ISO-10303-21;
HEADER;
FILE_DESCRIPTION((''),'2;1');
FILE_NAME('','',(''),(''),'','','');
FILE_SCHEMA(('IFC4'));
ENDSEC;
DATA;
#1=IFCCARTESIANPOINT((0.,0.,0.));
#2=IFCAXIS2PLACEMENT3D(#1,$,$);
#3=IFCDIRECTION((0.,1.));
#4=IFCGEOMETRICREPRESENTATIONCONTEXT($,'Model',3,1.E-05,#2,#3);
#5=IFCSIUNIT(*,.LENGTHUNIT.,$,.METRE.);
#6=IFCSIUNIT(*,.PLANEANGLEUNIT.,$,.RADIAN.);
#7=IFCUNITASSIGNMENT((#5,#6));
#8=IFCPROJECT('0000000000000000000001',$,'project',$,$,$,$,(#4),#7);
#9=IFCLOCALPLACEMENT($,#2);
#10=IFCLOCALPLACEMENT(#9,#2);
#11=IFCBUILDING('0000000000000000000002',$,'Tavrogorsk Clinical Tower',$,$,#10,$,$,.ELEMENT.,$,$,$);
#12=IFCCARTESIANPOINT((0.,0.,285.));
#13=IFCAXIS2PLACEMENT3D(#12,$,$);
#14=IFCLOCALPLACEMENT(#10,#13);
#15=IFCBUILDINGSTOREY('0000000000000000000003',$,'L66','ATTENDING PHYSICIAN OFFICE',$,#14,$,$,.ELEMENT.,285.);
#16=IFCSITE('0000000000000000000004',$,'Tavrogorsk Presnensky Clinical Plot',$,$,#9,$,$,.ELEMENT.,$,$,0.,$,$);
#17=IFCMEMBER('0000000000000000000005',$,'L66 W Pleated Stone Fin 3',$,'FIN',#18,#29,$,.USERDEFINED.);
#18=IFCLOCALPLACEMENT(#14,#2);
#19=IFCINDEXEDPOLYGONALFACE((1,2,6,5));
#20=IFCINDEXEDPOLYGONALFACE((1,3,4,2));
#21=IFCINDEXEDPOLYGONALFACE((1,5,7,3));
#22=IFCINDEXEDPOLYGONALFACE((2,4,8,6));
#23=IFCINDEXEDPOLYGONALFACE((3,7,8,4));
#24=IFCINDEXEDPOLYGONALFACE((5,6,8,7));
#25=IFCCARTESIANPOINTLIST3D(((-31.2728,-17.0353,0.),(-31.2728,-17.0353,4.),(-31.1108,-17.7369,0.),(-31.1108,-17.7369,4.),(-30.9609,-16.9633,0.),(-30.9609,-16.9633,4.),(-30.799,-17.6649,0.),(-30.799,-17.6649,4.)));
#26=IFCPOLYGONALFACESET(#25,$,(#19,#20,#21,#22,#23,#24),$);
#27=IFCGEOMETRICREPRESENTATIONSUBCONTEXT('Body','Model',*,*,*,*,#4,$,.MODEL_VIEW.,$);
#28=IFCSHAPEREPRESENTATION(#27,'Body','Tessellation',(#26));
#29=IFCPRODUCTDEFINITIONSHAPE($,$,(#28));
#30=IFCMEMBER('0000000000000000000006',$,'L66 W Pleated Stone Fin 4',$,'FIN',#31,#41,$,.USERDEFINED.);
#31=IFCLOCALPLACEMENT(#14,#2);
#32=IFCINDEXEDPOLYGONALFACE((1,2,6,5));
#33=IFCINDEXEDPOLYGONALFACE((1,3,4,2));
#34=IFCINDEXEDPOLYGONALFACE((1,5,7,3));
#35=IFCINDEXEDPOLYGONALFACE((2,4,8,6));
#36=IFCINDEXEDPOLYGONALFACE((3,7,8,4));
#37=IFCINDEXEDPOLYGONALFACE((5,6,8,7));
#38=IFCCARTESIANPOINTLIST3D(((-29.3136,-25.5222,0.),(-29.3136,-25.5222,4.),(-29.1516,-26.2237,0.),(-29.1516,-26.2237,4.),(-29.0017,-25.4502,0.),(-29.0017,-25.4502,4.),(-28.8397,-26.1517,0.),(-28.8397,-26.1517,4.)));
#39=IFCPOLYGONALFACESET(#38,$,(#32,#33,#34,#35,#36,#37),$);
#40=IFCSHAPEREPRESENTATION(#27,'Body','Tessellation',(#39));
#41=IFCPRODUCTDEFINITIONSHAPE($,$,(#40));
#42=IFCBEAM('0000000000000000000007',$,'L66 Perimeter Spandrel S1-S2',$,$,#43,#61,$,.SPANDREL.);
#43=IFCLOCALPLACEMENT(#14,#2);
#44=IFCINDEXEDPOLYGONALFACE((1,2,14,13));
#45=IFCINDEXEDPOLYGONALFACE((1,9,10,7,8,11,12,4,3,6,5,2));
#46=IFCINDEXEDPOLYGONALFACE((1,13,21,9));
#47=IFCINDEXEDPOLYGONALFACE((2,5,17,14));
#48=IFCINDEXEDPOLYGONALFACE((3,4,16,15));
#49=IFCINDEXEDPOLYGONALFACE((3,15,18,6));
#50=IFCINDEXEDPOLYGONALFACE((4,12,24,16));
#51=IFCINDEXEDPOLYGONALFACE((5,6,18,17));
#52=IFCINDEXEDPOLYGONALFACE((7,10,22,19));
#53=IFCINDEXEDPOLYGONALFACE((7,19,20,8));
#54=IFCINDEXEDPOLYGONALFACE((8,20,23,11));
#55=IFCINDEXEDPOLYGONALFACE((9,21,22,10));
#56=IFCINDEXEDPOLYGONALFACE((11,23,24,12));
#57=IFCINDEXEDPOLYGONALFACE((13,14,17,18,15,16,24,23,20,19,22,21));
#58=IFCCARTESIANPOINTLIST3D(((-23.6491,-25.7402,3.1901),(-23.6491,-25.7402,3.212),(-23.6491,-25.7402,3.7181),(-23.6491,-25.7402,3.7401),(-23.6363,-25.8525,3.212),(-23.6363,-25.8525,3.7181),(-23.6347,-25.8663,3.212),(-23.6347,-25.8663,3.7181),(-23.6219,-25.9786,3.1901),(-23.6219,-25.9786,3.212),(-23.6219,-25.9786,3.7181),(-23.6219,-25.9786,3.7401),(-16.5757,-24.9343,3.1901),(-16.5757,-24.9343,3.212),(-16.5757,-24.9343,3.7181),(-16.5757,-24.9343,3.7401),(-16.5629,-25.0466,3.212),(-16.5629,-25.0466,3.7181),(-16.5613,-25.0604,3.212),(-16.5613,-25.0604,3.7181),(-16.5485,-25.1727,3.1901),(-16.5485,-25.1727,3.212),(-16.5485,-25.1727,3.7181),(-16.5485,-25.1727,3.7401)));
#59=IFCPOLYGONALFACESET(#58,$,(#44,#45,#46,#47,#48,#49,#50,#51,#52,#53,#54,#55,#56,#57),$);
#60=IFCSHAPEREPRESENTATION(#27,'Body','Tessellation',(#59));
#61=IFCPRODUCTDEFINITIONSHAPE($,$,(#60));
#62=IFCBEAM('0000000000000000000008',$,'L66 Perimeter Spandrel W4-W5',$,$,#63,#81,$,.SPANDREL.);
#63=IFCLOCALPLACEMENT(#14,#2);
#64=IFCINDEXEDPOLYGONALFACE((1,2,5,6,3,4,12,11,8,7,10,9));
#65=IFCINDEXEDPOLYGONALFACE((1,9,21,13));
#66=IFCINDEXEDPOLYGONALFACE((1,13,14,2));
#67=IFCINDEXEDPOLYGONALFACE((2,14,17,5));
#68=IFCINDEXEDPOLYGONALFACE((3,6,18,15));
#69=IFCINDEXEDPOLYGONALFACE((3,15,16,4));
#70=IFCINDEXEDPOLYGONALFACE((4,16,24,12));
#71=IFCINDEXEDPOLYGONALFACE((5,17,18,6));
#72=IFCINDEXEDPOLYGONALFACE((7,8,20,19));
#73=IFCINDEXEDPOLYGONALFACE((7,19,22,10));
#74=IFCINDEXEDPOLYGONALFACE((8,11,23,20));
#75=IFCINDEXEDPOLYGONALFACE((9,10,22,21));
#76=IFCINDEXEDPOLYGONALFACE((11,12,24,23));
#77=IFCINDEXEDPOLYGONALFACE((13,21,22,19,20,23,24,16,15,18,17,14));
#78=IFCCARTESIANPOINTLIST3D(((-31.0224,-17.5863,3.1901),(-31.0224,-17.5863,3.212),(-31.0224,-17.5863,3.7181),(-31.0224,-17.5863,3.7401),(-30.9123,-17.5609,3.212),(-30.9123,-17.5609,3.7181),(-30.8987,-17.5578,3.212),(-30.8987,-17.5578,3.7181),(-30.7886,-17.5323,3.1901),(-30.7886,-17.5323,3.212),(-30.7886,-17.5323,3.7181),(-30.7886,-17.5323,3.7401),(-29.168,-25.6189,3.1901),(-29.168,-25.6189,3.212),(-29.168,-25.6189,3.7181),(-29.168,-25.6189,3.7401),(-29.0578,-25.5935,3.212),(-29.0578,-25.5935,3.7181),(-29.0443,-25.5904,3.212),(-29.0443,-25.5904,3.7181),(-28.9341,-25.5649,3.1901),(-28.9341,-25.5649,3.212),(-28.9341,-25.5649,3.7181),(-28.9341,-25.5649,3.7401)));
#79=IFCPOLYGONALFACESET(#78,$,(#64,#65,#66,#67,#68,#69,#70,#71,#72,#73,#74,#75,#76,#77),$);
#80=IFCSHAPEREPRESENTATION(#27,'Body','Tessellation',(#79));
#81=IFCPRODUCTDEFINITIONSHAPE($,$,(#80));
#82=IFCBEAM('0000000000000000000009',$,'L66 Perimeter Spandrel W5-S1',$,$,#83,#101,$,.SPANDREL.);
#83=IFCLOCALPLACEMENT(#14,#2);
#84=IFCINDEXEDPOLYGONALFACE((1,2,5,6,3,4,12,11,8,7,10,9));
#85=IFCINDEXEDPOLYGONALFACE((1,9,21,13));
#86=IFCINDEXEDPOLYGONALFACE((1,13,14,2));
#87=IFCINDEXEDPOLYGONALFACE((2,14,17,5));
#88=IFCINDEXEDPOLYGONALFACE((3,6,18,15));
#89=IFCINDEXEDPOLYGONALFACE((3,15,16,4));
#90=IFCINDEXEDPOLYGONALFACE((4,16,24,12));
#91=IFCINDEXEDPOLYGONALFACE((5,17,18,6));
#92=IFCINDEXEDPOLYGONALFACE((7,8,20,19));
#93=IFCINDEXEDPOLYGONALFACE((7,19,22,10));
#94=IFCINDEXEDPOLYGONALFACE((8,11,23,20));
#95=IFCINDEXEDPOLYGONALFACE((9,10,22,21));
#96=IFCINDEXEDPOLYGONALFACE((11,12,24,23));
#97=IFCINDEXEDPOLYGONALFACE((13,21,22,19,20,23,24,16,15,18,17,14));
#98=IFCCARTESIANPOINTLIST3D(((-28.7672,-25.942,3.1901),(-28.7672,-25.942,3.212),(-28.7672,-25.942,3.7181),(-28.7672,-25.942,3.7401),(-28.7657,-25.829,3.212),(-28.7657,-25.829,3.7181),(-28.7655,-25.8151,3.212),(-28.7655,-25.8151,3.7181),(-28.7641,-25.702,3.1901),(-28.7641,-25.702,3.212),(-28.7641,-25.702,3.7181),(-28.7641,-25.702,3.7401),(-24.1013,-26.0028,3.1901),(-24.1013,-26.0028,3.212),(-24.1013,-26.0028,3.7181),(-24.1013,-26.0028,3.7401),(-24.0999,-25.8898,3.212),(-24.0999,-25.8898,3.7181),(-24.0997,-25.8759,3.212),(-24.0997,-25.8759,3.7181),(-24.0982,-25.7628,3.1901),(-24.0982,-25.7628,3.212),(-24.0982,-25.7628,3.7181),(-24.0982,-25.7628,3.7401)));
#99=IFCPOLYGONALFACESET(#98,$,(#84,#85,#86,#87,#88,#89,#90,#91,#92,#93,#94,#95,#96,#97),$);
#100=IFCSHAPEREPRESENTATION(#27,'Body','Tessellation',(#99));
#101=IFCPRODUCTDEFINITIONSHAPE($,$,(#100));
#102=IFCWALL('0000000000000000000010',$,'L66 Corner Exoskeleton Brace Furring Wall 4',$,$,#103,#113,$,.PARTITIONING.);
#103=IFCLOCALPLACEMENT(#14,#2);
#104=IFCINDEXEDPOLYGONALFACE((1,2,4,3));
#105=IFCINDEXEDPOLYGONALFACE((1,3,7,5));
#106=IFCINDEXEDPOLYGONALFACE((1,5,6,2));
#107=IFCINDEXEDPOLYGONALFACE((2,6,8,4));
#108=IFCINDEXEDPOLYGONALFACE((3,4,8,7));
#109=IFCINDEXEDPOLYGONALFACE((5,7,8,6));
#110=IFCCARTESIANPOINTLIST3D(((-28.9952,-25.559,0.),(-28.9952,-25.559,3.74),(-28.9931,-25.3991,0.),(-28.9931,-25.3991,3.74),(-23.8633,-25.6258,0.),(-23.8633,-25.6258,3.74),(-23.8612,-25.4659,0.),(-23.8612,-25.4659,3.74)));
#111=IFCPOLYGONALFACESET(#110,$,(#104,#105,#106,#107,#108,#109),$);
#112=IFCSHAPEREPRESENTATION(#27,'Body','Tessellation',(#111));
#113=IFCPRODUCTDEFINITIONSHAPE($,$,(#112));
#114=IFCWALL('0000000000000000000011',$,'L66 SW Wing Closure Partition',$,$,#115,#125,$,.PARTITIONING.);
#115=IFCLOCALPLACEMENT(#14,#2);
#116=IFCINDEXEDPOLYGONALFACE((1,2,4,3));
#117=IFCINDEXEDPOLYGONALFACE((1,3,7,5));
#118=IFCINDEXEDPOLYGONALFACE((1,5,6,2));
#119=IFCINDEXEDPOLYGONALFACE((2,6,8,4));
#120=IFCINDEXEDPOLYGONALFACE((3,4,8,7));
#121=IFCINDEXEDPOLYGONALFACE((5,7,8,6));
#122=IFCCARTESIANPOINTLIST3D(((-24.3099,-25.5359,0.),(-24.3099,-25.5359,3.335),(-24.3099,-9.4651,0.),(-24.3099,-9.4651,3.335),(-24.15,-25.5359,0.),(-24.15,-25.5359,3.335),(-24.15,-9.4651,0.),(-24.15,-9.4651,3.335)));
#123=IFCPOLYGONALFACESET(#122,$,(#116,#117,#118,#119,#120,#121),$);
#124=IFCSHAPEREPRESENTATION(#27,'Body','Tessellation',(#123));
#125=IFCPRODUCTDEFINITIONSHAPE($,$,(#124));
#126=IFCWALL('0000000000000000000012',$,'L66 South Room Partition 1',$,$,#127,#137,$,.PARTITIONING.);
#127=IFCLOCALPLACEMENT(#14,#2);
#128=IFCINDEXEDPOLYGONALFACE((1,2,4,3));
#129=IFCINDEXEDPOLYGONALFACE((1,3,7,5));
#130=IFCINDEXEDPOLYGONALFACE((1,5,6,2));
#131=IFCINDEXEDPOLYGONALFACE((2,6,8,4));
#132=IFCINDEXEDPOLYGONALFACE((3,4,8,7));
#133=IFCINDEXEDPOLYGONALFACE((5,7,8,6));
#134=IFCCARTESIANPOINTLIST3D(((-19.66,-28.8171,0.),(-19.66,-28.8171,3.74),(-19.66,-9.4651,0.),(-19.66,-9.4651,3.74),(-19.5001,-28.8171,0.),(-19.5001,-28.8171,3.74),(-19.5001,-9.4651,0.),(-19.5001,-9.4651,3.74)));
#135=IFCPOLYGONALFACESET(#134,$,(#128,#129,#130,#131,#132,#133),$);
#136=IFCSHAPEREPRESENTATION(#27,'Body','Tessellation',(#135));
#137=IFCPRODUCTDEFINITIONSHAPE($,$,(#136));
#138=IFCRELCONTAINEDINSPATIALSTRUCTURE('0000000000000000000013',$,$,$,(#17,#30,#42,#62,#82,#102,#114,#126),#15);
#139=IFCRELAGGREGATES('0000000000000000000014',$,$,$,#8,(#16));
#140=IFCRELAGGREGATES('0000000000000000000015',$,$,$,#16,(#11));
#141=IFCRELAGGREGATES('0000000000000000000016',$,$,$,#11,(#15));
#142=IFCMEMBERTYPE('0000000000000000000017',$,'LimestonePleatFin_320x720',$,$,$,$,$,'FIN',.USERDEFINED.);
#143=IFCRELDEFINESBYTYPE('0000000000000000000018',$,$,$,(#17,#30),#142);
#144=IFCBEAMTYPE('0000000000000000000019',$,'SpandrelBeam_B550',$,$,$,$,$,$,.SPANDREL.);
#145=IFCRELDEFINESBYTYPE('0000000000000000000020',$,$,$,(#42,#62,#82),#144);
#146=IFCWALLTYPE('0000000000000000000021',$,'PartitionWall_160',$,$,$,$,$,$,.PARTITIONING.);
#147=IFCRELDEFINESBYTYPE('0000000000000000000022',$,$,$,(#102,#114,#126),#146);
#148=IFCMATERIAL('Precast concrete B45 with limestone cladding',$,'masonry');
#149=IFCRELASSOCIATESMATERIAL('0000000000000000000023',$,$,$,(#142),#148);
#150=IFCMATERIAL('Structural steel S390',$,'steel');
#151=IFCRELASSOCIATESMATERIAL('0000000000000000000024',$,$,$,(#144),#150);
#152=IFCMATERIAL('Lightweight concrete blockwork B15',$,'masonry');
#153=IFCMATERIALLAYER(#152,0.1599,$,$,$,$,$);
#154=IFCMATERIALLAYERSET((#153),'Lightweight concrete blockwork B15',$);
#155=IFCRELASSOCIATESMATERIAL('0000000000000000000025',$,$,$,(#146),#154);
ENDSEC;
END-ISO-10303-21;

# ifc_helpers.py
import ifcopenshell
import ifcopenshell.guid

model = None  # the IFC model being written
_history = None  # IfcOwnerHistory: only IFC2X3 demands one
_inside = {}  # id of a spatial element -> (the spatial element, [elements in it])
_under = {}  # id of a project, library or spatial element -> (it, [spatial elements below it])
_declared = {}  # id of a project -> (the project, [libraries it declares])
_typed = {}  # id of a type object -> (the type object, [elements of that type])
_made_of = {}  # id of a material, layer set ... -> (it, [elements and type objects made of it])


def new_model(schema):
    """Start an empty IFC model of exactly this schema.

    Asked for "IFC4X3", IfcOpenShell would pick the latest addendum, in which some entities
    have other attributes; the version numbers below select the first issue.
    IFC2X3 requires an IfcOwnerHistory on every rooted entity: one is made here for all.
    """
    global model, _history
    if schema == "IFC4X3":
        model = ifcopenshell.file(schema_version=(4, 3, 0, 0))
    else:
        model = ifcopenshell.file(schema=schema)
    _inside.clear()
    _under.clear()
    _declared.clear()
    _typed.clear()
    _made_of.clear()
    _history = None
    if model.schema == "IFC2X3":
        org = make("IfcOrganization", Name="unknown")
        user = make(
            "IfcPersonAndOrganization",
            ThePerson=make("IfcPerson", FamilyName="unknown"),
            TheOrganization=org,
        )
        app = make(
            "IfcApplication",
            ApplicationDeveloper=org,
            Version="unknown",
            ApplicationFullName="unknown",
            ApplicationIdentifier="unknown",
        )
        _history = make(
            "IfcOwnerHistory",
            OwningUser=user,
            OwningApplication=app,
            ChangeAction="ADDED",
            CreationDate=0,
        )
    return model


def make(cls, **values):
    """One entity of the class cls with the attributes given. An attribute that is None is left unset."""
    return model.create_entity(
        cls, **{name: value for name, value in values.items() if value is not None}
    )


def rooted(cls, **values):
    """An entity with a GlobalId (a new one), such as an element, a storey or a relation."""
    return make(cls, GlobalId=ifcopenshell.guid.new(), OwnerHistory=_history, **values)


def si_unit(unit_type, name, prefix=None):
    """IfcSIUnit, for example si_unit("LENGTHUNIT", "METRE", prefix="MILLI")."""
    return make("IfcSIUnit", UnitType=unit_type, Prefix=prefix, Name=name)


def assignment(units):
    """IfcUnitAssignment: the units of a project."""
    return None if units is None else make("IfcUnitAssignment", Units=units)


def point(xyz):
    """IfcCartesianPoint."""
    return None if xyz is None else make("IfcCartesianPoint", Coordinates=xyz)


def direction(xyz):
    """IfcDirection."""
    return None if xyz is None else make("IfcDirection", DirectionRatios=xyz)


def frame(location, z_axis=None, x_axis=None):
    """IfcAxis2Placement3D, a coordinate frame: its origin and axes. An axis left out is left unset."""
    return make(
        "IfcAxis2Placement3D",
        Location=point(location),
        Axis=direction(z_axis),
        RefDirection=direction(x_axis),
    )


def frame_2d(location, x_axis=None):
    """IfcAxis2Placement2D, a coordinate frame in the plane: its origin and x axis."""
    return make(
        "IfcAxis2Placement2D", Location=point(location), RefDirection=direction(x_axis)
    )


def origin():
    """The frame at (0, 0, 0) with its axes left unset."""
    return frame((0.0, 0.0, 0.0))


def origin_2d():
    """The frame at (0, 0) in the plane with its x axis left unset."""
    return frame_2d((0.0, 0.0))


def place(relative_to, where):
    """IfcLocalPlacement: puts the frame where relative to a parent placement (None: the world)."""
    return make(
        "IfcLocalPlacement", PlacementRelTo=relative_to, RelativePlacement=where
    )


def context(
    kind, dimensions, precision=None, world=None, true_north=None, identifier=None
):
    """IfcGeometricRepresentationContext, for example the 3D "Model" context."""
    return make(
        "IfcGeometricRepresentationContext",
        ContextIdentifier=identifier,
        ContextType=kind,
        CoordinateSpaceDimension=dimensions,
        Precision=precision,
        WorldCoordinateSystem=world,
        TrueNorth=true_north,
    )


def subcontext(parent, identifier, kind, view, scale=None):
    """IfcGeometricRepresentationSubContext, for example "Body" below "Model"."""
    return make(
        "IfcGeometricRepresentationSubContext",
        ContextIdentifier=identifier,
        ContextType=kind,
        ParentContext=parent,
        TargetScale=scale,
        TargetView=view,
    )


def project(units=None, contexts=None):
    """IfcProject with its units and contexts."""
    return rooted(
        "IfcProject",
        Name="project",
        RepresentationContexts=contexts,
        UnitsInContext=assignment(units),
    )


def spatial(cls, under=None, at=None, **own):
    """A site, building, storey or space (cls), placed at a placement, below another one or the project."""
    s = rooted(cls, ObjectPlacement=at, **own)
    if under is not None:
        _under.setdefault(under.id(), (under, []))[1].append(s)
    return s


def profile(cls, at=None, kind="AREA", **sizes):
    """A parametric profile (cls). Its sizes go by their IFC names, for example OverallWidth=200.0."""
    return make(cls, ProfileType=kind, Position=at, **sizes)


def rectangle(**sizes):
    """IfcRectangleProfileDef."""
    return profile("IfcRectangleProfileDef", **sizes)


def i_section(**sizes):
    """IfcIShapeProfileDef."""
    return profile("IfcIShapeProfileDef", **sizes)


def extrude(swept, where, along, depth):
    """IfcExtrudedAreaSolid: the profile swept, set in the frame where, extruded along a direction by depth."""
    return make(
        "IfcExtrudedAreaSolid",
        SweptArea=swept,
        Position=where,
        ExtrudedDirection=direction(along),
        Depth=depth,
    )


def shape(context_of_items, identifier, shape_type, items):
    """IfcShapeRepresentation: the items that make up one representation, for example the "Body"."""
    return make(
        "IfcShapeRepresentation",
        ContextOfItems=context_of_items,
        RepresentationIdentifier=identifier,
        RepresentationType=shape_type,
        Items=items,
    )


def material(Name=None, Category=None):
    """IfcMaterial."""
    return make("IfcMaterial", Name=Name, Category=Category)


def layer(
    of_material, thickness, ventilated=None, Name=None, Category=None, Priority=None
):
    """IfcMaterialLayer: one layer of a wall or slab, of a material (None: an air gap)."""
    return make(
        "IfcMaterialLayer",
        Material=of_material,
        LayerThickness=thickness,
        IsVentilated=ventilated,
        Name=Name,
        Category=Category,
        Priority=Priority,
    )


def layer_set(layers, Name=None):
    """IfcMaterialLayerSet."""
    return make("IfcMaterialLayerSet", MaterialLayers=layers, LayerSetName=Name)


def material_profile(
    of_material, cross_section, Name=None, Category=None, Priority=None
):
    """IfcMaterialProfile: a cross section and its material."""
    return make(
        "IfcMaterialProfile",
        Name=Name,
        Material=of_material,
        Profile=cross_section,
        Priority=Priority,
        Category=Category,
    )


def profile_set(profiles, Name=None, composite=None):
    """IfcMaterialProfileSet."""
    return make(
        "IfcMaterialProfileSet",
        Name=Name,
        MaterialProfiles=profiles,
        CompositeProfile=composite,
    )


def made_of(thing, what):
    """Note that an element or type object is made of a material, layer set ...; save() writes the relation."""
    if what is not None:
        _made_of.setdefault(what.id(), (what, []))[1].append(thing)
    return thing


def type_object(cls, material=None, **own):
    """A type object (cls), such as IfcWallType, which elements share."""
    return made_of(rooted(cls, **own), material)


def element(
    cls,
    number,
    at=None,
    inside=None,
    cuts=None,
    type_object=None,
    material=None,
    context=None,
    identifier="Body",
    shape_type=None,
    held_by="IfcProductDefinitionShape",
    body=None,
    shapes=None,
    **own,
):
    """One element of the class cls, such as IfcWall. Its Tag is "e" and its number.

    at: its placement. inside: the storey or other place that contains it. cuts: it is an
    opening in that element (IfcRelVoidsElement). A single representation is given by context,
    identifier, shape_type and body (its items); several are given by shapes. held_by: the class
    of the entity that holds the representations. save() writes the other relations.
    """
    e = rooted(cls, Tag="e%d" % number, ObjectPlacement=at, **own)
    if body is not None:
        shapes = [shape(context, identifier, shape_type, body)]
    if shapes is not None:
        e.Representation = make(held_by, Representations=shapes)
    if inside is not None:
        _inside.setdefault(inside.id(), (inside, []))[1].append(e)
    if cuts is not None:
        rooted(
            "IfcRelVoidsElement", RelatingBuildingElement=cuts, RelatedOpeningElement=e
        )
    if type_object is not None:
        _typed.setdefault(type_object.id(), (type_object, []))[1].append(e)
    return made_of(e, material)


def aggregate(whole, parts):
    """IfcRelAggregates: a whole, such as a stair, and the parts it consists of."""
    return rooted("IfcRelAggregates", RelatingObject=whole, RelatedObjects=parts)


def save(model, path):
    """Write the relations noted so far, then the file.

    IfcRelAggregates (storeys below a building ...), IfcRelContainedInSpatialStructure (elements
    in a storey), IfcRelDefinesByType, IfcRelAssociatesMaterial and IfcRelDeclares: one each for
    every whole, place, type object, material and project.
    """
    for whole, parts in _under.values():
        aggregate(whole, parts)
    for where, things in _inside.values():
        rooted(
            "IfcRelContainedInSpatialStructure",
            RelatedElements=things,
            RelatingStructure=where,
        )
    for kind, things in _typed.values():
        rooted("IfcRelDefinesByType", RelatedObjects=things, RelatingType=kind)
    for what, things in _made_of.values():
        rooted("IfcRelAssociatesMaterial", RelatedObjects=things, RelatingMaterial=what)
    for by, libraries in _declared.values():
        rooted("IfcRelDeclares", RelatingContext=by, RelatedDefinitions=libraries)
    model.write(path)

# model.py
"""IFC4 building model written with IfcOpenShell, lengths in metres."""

from ifc_helpers import new_model, si_unit, direction, frame, frame_2d, origin, origin_2d, place, context, subcontext, project, spatial, rectangle, i_section, extrude, material, layer, layer_set, material_profile, profile_set, type_object, element, save


model = new_model("IFC4")

# Units and contexts
model_context = context("Model", 3, precision=1e-05, world=origin(), true_north=direction((0.0, 1.0)))
body_context = subcontext(model_context, "Body", "Model", "MODEL_VIEW")
ifc_project = project(units=[si_unit("LENGTHUNIT", "METRE"), si_unit("PLANEANGLEUNIT", "RADIAN")], contexts=[model_context])

# Site, building, storey
site_placement = place(None, origin())
site = spatial("IfcSite", under=ifc_project, at=site_placement, Name="Tavrogorsk Presnensky Clinical Plot", CompositionType="ELEMENT", RefElevation=0.0)
building_placement = place(site_placement, origin())
building = spatial("IfcBuilding", under=site, at=building_placement, Name="Tavrogorsk Clinical Tower", CompositionType="ELEMENT")
storey_placement = place(building_placement, frame((0.0, 0.0, 285.0)))
storey = spatial("IfcBuildingStorey", under=building, at=storey_placement, Name="L66", Description="ATTENDING PHYSICIAN OFFICE", CompositionType="ELEMENT", Elevation=285.0)

# Members
ifc_material_1 = material(Name="Precast concrete B45 with limestone cladding", Category="masonry")
ifc_material_profile_1 = material_profile(ifc_material_1, rectangle(XDim=0.3201, YDim=0.72, at=origin_2d()), Name="LIMESTONE-FIN-320x720")
ifc_profile_set_1 = profile_set([ifc_material_profile_1], Name="Precast concrete B45 with limestone cladding")
member_type_1 = type_object("IfcMemberType", Name="LimestonePleatFin_320x720", ElementType="FIN", PredefinedType="USERDEFINED", material=ifc_profile_set_1)
for number, where, z_axis, x_axis, name in (
    (1, (-31.0359, -17.3501, 0.0), (0.0, 0.0, 1.0), (0.97437, 0.224951, 0.0), "L66 W Pleated Stone Fin 3"),
    (2, (-29.0767, -25.8369, 0.0), (0.0, 0.0, 1.0), (0.97437, 0.224951, 0.0), "L66 W Pleated Stone Fin 4"),
):
    element("IfcMember", number, at=place(storey_placement, frame(where, z_axis=z_axis, x_axis=x_axis)), inside=storey, type_object=member_type_1, Name=name, ObjectType="FIN", PredefinedType="USERDEFINED", context=body_context, shape_type="SweptSolid", body=[
        extrude(rectangle(XDim=0.3201, YDim=0.72, at=origin_2d()), origin(), (0.0, 0.0, 1.0), 4.0),
    ])

# Beams
ifc_material_2 = material(Name="Structural steel S390", Category="steel")
ifc_material_profile_2 = material_profile(ifc_material_2, i_section(OverallWidth=0.24, OverallDepth=0.55, WebThickness=0.0139, FlangeThickness=0.022, at=origin_2d()), Name="B-550x240x14x22")
ifc_profile_set_2 = profile_set([ifc_material_profile_2], Name="Structural steel S390")
beam_type_1 = type_object("IfcBeamType", Name="SpandrelBeam_B550", PredefinedType="SPANDREL", material=ifc_profile_set_2)
beam_1_placement = place(storey_placement, frame((-23.6355, -25.8594, 3.4651), z_axis=(0.993572, 0.113201, 0.0), x_axis=(-0.113201, 0.993572, 0.0)))
element("IfcBeam", 3, at=beam_1_placement, inside=storey, type_object=beam_type_1, Name="L66 Perimeter Spandrel S1-S2", PredefinedType="SPANDREL", context=body_context, shape_type="SweptSolid", body=[
    extrude(i_section(OverallWidth=0.24, OverallDepth=0.55, WebThickness=0.0139, FlangeThickness=0.022, at=origin_2d()), origin(), (0.0, 0.0, 1.0), 7.1191),
])
beam_2_placement = place(storey_placement, frame((-30.9055, -17.5593, 3.4651), z_axis=(0.22495, -0.97437, 0.0), x_axis=(0.97437, 0.22495, 0.0)))
element("IfcBeam", 4, at=beam_2_placement, inside=storey, type_object=beam_type_1, Name="L66 Perimeter Spandrel W4-W5", PredefinedType="SPANDREL", context=body_context, shape_type="SweptSolid", body=[
    extrude(i_section(OverallWidth=0.24, OverallDepth=0.55, WebThickness=0.0139, FlangeThickness=0.022, at=origin_2d()), origin(), (0.0, 0.0, 1.0), 8.2439),
])
beam_3_placement = place(storey_placement, frame((-28.7656, -25.822, 3.4651), z_axis=(0.999915, -0.013028, 0.0), x_axis=(0.013028, 0.999915, 0.0)))
element("IfcBeam", 5, at=beam_3_placement, inside=storey, type_object=beam_type_1, Name="L66 Perimeter Spandrel W5-S1", PredefinedType="SPANDREL", context=body_context, shape_type="SweptSolid", body=[
    extrude(i_section(OverallWidth=0.24, OverallDepth=0.55, WebThickness=0.0139, FlangeThickness=0.022, at=origin_2d()), origin(), (0.0, 0.0, 1.0), 4.6663),
])

# Walls
ifc_material_3 = material(Name="Lightweight concrete blockwork B15", Category="masonry")
ifc_layer_1 = layer(ifc_material_3, 0.1599)
ifc_layer_set_1 = layer_set([ifc_layer_1], Name="Lightweight concrete blockwork B15")
wall_type_1 = type_object("IfcWallType", Name="PartitionWall_160", PredefinedType="PARTITIONING", material=ifc_layer_set_1)
wall_1_placement = place(storey_placement, frame((-28.9941, -25.479, 0.0), z_axis=(0.0, 0.0, 1.0), x_axis=(0.999915, -0.013034, 0.0)))
element("IfcWall", 6, at=wall_1_placement, inside=storey, type_object=wall_type_1, Name="L66 Corner Exoskeleton Brace Furring Wall 4", PredefinedType="PARTITIONING", context=body_context, shape_type="SweptSolid", body=[
    extrude(rectangle(XDim=5.1323, YDim=0.1599, at=frame_2d((2.5662, 0.0))), origin(), (0.0, 0.0, 1.0), 3.74),
])
wall_2_placement = place(storey_placement, frame((-24.23, -25.5359, 0.0), z_axis=(0.0, 0.0, 1.0), x_axis=(0.0, 1.0, 0.0)))
element("IfcWall", 7, at=wall_2_placement, inside=storey, type_object=wall_type_1, Name="L66 SW Wing Closure Partition", PredefinedType="PARTITIONING", context=body_context, shape_type="SweptSolid", body=[
    extrude(rectangle(XDim=16.0708, YDim=0.1599, at=frame_2d((8.0354, 0.0))), origin(), (0.0, 0.0, 1.0), 3.335),
])
wall_3_placement = place(storey_placement, frame((-19.5801, -28.8171, 0.0), z_axis=(0.0, 0.0, 1.0), x_axis=(0.0, 1.0, 0.0)))
element("IfcWall", 8, at=wall_3_placement, inside=storey, type_object=wall_type_1, Name="L66 South Room Partition 1", PredefinedType="PARTITIONING", context=body_context, shape_type="SweptSolid", body=[
    extrude(rectangle(XDim=19.3521, YDim=0.1599, at=frame_2d((9.676, 0.0))), origin(), (0.0, 0.0, 1.0), 3.74),
])

save(model, "model.ifc")
